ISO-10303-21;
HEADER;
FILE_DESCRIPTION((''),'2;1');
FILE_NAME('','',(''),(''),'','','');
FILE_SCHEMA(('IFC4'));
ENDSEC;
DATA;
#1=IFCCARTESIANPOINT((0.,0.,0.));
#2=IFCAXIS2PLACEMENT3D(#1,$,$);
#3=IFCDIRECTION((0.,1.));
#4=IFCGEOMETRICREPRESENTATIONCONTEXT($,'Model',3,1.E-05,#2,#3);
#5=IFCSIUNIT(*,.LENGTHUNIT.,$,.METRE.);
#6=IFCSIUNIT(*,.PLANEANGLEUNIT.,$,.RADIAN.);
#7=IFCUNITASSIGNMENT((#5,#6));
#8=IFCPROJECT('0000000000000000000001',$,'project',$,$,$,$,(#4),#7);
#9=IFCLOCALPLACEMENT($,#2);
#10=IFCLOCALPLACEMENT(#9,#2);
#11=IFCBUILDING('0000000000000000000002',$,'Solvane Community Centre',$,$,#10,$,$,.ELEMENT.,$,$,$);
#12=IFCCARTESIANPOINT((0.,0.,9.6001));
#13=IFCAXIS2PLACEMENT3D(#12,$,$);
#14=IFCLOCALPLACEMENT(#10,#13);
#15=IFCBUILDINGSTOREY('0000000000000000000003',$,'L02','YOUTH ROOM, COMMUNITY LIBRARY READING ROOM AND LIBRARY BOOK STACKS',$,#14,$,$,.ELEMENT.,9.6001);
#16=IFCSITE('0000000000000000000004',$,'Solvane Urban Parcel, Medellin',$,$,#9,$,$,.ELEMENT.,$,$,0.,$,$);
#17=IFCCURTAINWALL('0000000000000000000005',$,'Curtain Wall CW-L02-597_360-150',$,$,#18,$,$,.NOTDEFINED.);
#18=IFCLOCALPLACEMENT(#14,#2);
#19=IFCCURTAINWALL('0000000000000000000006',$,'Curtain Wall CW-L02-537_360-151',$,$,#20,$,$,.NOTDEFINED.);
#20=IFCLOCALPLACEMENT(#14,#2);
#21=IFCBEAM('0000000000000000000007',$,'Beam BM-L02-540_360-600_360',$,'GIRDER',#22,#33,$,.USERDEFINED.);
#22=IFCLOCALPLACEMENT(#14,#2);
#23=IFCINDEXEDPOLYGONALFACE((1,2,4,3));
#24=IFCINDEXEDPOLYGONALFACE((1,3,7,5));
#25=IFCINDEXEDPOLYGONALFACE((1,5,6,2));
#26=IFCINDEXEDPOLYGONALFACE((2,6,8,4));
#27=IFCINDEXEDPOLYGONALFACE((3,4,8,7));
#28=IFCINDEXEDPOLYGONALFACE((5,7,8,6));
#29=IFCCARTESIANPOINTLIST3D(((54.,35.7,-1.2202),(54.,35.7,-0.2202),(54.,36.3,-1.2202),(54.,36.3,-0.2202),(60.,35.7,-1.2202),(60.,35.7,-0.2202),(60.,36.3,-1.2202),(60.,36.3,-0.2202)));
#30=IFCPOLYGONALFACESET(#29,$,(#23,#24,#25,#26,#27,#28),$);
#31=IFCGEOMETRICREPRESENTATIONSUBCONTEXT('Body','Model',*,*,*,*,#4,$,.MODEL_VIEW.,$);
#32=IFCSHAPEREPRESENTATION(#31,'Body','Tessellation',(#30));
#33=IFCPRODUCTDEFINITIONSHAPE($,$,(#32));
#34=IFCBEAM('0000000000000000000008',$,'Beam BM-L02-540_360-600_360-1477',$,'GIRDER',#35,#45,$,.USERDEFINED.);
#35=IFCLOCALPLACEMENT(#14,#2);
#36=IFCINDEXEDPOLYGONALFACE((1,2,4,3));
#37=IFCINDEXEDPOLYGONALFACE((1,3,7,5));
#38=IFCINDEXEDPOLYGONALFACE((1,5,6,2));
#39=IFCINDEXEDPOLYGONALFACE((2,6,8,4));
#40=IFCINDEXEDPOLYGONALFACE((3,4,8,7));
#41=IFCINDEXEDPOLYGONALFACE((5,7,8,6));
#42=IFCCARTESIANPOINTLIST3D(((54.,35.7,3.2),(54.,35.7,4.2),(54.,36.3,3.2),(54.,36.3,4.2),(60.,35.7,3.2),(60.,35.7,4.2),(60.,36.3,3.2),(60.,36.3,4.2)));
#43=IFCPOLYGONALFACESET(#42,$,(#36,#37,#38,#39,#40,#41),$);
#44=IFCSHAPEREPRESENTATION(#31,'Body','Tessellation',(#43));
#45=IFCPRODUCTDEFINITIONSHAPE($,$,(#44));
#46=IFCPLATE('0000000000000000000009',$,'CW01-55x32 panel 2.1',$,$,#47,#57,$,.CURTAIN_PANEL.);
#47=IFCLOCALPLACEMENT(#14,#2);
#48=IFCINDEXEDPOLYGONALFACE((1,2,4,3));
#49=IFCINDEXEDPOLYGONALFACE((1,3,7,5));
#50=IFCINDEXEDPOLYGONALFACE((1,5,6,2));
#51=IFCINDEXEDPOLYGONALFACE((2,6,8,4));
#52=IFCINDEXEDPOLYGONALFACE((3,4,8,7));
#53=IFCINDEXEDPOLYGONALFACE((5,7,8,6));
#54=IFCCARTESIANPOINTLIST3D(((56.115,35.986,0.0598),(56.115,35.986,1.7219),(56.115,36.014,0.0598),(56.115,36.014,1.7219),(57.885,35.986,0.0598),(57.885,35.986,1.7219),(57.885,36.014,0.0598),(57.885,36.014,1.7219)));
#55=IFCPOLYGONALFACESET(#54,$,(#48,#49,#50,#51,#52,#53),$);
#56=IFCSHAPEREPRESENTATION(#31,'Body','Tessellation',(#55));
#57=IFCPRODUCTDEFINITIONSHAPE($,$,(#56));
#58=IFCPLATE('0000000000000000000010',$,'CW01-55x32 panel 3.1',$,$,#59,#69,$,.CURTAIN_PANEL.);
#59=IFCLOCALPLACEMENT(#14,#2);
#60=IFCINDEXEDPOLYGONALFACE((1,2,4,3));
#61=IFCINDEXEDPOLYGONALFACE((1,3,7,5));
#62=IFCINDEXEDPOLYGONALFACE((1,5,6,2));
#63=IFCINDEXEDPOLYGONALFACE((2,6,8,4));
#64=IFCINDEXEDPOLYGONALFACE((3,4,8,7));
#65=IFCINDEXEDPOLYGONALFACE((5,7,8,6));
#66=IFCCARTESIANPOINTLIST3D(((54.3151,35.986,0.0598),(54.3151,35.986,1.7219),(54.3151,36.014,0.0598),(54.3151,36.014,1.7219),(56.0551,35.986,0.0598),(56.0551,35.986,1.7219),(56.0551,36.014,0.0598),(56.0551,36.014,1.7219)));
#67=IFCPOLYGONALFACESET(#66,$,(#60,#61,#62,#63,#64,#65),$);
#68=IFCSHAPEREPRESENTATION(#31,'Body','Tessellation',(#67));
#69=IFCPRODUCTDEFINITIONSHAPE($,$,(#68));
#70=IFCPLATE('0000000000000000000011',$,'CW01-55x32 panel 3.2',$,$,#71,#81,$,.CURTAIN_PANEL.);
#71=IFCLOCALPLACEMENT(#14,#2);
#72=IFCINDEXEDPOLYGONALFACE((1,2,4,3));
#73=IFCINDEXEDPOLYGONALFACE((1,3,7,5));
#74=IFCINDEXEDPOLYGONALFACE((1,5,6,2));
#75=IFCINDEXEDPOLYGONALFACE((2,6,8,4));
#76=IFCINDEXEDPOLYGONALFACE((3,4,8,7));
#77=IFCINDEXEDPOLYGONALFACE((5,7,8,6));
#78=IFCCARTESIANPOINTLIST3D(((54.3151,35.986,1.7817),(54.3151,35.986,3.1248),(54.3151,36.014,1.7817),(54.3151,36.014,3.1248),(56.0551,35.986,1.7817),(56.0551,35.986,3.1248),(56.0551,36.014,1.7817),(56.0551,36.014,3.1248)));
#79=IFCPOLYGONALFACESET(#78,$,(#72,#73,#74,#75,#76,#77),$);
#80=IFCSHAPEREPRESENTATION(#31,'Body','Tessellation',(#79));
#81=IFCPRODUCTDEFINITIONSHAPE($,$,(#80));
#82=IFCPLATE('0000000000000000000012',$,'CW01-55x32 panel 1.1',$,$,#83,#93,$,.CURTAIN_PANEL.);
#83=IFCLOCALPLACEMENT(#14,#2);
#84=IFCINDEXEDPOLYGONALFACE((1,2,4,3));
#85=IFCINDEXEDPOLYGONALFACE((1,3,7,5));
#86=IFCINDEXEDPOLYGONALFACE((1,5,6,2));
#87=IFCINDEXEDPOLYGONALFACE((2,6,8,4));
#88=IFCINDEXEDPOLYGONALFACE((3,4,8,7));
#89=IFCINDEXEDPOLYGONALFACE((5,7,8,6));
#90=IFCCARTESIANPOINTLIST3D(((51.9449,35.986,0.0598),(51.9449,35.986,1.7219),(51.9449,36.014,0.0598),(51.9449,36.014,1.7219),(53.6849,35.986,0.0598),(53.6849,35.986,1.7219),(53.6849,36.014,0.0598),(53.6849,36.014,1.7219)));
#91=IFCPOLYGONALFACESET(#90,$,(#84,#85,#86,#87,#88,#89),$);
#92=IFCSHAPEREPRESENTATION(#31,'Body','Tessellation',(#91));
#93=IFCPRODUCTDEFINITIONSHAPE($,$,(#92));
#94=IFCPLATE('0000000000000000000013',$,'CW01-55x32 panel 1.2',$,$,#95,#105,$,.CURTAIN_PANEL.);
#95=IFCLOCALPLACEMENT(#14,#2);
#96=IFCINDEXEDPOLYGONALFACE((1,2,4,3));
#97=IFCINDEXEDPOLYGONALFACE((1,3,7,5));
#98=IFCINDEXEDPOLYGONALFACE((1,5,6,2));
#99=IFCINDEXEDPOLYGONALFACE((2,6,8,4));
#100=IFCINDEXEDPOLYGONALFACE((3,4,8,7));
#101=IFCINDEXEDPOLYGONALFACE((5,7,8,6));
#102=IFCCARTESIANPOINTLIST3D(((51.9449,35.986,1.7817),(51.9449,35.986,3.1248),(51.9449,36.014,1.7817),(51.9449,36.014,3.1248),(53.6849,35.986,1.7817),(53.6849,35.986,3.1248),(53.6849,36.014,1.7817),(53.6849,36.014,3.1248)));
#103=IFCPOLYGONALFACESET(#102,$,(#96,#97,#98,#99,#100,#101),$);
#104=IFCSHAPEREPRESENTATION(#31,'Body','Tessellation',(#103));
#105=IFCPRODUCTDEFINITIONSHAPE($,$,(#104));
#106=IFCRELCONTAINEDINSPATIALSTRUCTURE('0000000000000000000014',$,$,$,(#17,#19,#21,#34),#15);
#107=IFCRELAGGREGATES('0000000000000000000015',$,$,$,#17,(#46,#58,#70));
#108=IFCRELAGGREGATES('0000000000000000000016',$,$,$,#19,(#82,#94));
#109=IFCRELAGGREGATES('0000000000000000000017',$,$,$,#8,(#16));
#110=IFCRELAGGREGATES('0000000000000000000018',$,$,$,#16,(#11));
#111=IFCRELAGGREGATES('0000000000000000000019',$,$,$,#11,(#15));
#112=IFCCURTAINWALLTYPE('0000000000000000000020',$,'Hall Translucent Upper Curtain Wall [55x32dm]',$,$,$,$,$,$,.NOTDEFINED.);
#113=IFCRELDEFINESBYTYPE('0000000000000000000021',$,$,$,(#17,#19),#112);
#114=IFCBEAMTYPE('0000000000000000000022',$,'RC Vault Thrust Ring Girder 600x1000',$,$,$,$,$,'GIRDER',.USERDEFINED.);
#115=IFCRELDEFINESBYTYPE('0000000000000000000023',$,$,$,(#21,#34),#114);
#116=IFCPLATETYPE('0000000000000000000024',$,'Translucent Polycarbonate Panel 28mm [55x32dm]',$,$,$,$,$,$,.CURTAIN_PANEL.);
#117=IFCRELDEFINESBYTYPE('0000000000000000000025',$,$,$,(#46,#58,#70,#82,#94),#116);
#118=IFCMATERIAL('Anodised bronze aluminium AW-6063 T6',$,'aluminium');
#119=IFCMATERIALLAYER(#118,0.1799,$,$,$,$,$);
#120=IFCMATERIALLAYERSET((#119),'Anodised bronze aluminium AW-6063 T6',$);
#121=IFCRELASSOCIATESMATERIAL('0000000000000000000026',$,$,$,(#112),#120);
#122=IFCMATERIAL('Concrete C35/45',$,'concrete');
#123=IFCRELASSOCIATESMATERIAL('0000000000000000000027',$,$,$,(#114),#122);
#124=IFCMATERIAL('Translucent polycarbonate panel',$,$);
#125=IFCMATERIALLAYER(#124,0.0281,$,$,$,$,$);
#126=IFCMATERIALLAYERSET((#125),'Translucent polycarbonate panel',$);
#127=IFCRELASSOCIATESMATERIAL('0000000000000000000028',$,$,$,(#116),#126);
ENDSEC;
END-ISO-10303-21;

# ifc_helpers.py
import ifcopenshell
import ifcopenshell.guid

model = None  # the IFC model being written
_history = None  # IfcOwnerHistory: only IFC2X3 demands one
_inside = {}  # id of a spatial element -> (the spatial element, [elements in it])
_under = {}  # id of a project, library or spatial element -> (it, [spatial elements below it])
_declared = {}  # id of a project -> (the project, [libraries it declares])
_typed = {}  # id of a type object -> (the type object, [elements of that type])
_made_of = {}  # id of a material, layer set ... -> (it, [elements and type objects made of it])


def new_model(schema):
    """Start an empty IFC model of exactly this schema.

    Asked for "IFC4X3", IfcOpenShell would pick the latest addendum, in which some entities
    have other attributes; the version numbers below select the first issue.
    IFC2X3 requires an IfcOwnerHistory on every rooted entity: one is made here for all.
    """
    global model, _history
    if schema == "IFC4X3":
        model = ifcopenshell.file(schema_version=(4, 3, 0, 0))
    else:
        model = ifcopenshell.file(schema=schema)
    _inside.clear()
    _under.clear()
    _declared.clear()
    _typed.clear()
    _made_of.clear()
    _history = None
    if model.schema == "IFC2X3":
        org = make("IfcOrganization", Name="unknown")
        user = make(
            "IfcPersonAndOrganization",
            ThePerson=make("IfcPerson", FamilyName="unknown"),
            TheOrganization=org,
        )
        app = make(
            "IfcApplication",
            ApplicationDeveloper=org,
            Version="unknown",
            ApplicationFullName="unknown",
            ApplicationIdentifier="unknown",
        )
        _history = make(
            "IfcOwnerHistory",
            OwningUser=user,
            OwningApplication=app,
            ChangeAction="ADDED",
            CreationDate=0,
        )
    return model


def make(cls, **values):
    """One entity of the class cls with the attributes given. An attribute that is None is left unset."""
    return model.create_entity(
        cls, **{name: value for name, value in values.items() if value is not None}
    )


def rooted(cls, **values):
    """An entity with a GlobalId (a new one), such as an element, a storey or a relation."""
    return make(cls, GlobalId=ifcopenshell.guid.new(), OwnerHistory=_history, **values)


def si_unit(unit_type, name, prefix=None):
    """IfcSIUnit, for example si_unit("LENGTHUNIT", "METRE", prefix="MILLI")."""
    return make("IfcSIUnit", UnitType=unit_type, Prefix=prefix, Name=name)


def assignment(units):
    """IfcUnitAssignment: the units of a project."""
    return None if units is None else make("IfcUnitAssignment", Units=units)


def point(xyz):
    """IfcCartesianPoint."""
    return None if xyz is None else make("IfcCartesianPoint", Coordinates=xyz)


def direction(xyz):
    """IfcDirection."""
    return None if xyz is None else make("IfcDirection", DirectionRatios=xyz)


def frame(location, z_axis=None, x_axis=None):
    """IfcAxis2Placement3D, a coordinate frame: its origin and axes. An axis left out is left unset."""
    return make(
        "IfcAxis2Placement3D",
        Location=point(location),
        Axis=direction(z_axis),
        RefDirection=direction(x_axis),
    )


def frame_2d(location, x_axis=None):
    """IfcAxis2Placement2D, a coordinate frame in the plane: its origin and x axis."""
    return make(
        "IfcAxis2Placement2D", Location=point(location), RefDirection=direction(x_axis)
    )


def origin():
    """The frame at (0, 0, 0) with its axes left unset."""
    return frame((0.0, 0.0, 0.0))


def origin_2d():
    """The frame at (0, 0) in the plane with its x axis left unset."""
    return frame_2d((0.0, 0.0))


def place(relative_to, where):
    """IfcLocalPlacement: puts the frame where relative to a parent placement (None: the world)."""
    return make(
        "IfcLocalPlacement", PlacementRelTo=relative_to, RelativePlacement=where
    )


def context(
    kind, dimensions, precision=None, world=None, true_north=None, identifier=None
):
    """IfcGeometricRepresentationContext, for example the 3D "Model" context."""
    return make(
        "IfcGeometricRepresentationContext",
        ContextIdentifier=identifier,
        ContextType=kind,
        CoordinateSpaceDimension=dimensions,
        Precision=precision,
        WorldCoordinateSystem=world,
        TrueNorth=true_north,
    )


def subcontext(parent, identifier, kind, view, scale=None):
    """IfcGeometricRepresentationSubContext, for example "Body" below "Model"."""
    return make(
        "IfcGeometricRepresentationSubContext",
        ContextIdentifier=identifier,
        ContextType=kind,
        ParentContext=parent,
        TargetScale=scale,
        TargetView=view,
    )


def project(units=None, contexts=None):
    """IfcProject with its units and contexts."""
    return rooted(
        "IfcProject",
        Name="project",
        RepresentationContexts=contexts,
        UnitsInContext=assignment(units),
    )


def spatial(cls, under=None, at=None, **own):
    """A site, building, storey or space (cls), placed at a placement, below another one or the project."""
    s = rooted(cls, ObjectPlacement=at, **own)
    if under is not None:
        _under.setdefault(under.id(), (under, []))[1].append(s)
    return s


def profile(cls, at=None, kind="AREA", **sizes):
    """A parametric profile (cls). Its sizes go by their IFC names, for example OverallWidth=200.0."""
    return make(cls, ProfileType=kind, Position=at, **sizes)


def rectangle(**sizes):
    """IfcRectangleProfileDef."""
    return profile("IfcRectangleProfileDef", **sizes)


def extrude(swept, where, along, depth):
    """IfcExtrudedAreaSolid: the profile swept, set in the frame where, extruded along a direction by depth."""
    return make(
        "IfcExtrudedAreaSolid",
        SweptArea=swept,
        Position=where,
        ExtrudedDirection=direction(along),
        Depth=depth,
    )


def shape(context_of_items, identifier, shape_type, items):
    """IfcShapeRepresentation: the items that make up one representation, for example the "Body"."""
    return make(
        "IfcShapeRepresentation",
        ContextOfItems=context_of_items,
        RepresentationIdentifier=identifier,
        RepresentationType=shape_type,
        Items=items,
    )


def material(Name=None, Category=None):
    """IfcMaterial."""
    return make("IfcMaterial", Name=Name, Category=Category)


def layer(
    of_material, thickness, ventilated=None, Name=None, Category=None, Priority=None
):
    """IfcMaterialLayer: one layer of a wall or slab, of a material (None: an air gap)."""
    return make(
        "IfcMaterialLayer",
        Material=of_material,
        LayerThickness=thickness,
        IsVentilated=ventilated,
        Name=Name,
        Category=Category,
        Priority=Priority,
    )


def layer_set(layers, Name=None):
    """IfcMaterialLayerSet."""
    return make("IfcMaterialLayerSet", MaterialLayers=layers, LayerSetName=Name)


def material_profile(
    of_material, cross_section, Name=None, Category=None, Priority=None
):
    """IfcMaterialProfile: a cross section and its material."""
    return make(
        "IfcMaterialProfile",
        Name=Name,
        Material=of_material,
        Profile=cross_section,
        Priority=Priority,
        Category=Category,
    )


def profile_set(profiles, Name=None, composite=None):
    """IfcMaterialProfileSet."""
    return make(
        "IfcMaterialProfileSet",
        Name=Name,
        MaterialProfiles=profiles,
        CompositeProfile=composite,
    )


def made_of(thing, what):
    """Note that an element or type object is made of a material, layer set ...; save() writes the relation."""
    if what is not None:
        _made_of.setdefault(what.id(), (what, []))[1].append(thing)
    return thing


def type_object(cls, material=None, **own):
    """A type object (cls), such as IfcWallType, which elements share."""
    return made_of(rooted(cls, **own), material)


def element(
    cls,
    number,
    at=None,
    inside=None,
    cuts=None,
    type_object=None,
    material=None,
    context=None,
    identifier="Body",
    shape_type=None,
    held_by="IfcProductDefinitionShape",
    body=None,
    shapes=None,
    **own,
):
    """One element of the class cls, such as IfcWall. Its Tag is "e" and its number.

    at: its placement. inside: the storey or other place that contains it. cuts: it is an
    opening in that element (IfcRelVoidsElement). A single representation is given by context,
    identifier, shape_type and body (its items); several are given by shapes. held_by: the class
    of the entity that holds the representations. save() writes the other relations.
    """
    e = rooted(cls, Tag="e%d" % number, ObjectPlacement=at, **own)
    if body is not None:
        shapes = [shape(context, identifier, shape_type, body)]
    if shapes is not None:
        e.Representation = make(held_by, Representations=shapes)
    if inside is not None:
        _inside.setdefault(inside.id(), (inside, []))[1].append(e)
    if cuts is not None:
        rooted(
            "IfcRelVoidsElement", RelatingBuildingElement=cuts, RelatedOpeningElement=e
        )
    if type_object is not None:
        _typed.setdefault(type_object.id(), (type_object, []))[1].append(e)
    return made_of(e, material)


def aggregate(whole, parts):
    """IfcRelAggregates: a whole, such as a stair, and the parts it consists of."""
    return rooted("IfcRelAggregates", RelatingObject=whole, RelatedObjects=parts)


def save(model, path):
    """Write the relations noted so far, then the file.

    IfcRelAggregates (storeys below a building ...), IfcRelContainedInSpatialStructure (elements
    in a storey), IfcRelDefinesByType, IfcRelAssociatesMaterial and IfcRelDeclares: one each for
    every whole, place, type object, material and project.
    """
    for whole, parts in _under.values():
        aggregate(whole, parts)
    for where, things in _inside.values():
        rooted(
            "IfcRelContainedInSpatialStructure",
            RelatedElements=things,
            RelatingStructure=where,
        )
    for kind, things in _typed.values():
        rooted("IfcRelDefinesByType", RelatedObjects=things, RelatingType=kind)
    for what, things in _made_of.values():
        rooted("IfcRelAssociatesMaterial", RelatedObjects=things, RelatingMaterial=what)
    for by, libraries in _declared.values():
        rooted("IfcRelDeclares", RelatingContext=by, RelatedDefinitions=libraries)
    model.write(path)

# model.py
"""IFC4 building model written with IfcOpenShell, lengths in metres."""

from ifc_helpers import new_model, si_unit, direction, frame, origin, origin_2d, place, context, subcontext, project, spatial, rectangle, extrude, material, layer, layer_set, material_profile, profile_set, type_object, element, aggregate, save


model = new_model("IFC4")

# Units and contexts
model_context = context("Model", 3, precision=1e-05, world=origin(), true_north=direction((0.0, 1.0)))
body_context = subcontext(model_context, "Body", "Model", "MODEL_VIEW")
ifc_project = project(units=[si_unit("LENGTHUNIT", "METRE"), si_unit("PLANEANGLEUNIT", "RADIAN")], contexts=[model_context])

# Site, building, storey
site_placement = place(None, origin())
site = spatial("IfcSite", under=ifc_project, at=site_placement, Name="Solvane Urban Parcel, Medellin", CompositionType="ELEMENT", RefElevation=0.0)
building_placement = place(site_placement, origin())
building = spatial("IfcBuilding", under=site, at=building_placement, Name="Solvane Community Centre", CompositionType="ELEMENT")
storey_placement = place(building_placement, frame((0.0, 0.0, 9.6001)))
storey = spatial("IfcBuildingStorey", under=building, at=storey_placement, Name="L02", Description="YOUTH ROOM, COMMUNITY LIBRARY READING ROOM AND LIBRARY BOOK STACKS", CompositionType="ELEMENT", Elevation=9.6001)

# Curtain walls
ifc_material_1 = material(Name="Anodised bronze aluminium AW-6063 T6", Category="aluminium")
ifc_layer_1 = layer(ifc_material_1, 0.1799)
ifc_layer_set_1 = layer_set([ifc_layer_1], Name="Anodised bronze aluminium AW-6063 T6")
curtain_wall_type = type_object("IfcCurtainWallType", Name="Hall Translucent Upper Curtain Wall [55x32dm]", PredefinedType="NOTDEFINED", material=ifc_layer_set_1)
curtain_wall_1_placement = place(storey_placement, origin())
curtain_wall_1 = element("IfcCurtainWall", 1, at=curtain_wall_1_placement, inside=storey, type_object=curtain_wall_type, Name="Curtain Wall CW-L02-597_360-150", PredefinedType="NOTDEFINED")
curtain_wall_2_placement = place(storey_placement, origin())
curtain_wall_2 = element("IfcCurtainWall", 2, at=curtain_wall_2_placement, inside=storey, type_object=curtain_wall_type, Name="Curtain Wall CW-L02-537_360-151", PredefinedType="NOTDEFINED")

# Beams
ifc_material_2 = material(Name="Concrete C35/45", Category="concrete")
ifc_material_profile_1 = material_profile(ifc_material_2, rectangle(XDim=0.6001, YDim=1.0, at=origin_2d()), Name="RC 600x1000")
ifc_profile_set_1 = profile_set([ifc_material_profile_1], Name="Concrete C35/45")
beam_type = type_object("IfcBeamType", Name="RC Vault Thrust Ring Girder 600x1000", ElementType="GIRDER", PredefinedType="USERDEFINED", material=ifc_profile_set_1)
for number, where, z_axis, x_axis, name in (
    (3, (54.0, 36.0, -0.7202), (1.0, 0.0, 0.0), (0.0, 1.0, 0.0), "Beam BM-L02-540_360-600_360"),
    (4, (54.0, 36.0, 3.7), (1.0, 0.0, 0.0), (0.0, 1.0, 0.0), "Beam BM-L02-540_360-600_360-1477"),
):
    element("IfcBeam", number, at=place(storey_placement, frame(where, z_axis=z_axis, x_axis=x_axis)), inside=storey, type_object=beam_type, Name=name, ObjectType="GIRDER", PredefinedType="USERDEFINED", context=body_context, shape_type="SweptSolid", body=[
        extrude(rectangle(XDim=0.6001, YDim=1.0, at=origin_2d()), origin(), (0.0, 0.0, 1.0), 6.0),
    ])

# Plates
ifc_material_3 = material(Name="Translucent polycarbonate panel")
ifc_layer_2 = layer(ifc_material_3, 0.0281)
ifc_layer_set_2 = layer_set([ifc_layer_2], Name="Translucent polycarbonate panel")
plate_type = type_object("IfcPlateType", Name="Translucent Polycarbonate Panel 28mm [55x32dm]", PredefinedType="CURTAIN_PANEL", material=ifc_layer_set_2)
plate_1_placement = place(storey_placement, frame((57.0, 36.0, 0.0598), z_axis=(0.0, 0.0, 1.0), x_axis=(-1.0, 0.0, 0.0)))
plate_1 = element("IfcPlate", 5, at=plate_1_placement, type_object=plate_type, Name="CW01-55x32 panel 2.1", PredefinedType="CURTAIN_PANEL", context=body_context, shape_type="SweptSolid", body=[
    extrude(rectangle(XDim=1.77, YDim=0.0281, at=origin_2d()), origin(), (0.0, 0.0, 1.0), 1.6621),
])
plate_2_placement = place(storey_placement, frame((55.1851, 36.0, 0.0598), z_axis=(0.0, 0.0, 1.0), x_axis=(-1.0, 0.0, 0.0)))
plate_2 = element("IfcPlate", 6, at=plate_2_placement, type_object=plate_type, Name="CW01-55x32 panel 3.1", PredefinedType="CURTAIN_PANEL", context=body_context, shape_type="SweptSolid", body=[
    extrude(rectangle(XDim=1.74, YDim=0.0281, at=origin_2d()), origin(), (0.0, 0.0, 1.0), 1.6621),
])
plate_3_placement = place(storey_placement, frame((55.1851, 36.0, 1.7817), z_axis=(0.0, 0.0, 1.0), x_axis=(-1.0, 0.0, 0.0)))
plate_3 = element("IfcPlate", 7, at=plate_3_placement, type_object=plate_type, Name="CW01-55x32 panel 3.2", PredefinedType="CURTAIN_PANEL", context=body_context, shape_type="SweptSolid", body=[
    extrude(rectangle(XDim=1.74, YDim=0.0281, at=origin_2d()), origin(), (0.0, 0.0, 1.0), 1.343),
])
aggregate(curtain_wall_1, [plate_1, plate_2, plate_3])
plate_4_placement = place(storey_placement, frame((52.8149, 36.0, 0.0598), z_axis=(0.0, 0.0, 1.0), x_axis=(-1.0, 0.0, 0.0)))
plate_4 = element("IfcPlate", 8, at=plate_4_placement, type_object=plate_type, Name="CW01-55x32 panel 1.1", PredefinedType="CURTAIN_PANEL", context=body_context, shape_type="SweptSolid", body=[
    extrude(rectangle(XDim=1.74, YDim=0.0281, at=origin_2d()), origin(), (0.0, 0.0, 1.0), 1.6621),
])
plate_5_placement = place(storey_placement, frame((52.8149, 36.0, 1.7817), z_axis=(0.0, 0.0, 1.0), x_axis=(-1.0, 0.0, 0.0)))
plate_5 = element("IfcPlate", 9, at=plate_5_placement, type_object=plate_type, Name="CW01-55x32 panel 1.2", PredefinedType="CURTAIN_PANEL", context=body_context, shape_type="SweptSolid", body=[
    extrude(rectangle(XDim=1.74, YDim=0.0281, at=origin_2d()), origin(), (0.0, 0.0, 1.0), 1.343),
])
aggregate(curtain_wall_2, [plate_4, plate_5])

save(model, "model.ifc")
